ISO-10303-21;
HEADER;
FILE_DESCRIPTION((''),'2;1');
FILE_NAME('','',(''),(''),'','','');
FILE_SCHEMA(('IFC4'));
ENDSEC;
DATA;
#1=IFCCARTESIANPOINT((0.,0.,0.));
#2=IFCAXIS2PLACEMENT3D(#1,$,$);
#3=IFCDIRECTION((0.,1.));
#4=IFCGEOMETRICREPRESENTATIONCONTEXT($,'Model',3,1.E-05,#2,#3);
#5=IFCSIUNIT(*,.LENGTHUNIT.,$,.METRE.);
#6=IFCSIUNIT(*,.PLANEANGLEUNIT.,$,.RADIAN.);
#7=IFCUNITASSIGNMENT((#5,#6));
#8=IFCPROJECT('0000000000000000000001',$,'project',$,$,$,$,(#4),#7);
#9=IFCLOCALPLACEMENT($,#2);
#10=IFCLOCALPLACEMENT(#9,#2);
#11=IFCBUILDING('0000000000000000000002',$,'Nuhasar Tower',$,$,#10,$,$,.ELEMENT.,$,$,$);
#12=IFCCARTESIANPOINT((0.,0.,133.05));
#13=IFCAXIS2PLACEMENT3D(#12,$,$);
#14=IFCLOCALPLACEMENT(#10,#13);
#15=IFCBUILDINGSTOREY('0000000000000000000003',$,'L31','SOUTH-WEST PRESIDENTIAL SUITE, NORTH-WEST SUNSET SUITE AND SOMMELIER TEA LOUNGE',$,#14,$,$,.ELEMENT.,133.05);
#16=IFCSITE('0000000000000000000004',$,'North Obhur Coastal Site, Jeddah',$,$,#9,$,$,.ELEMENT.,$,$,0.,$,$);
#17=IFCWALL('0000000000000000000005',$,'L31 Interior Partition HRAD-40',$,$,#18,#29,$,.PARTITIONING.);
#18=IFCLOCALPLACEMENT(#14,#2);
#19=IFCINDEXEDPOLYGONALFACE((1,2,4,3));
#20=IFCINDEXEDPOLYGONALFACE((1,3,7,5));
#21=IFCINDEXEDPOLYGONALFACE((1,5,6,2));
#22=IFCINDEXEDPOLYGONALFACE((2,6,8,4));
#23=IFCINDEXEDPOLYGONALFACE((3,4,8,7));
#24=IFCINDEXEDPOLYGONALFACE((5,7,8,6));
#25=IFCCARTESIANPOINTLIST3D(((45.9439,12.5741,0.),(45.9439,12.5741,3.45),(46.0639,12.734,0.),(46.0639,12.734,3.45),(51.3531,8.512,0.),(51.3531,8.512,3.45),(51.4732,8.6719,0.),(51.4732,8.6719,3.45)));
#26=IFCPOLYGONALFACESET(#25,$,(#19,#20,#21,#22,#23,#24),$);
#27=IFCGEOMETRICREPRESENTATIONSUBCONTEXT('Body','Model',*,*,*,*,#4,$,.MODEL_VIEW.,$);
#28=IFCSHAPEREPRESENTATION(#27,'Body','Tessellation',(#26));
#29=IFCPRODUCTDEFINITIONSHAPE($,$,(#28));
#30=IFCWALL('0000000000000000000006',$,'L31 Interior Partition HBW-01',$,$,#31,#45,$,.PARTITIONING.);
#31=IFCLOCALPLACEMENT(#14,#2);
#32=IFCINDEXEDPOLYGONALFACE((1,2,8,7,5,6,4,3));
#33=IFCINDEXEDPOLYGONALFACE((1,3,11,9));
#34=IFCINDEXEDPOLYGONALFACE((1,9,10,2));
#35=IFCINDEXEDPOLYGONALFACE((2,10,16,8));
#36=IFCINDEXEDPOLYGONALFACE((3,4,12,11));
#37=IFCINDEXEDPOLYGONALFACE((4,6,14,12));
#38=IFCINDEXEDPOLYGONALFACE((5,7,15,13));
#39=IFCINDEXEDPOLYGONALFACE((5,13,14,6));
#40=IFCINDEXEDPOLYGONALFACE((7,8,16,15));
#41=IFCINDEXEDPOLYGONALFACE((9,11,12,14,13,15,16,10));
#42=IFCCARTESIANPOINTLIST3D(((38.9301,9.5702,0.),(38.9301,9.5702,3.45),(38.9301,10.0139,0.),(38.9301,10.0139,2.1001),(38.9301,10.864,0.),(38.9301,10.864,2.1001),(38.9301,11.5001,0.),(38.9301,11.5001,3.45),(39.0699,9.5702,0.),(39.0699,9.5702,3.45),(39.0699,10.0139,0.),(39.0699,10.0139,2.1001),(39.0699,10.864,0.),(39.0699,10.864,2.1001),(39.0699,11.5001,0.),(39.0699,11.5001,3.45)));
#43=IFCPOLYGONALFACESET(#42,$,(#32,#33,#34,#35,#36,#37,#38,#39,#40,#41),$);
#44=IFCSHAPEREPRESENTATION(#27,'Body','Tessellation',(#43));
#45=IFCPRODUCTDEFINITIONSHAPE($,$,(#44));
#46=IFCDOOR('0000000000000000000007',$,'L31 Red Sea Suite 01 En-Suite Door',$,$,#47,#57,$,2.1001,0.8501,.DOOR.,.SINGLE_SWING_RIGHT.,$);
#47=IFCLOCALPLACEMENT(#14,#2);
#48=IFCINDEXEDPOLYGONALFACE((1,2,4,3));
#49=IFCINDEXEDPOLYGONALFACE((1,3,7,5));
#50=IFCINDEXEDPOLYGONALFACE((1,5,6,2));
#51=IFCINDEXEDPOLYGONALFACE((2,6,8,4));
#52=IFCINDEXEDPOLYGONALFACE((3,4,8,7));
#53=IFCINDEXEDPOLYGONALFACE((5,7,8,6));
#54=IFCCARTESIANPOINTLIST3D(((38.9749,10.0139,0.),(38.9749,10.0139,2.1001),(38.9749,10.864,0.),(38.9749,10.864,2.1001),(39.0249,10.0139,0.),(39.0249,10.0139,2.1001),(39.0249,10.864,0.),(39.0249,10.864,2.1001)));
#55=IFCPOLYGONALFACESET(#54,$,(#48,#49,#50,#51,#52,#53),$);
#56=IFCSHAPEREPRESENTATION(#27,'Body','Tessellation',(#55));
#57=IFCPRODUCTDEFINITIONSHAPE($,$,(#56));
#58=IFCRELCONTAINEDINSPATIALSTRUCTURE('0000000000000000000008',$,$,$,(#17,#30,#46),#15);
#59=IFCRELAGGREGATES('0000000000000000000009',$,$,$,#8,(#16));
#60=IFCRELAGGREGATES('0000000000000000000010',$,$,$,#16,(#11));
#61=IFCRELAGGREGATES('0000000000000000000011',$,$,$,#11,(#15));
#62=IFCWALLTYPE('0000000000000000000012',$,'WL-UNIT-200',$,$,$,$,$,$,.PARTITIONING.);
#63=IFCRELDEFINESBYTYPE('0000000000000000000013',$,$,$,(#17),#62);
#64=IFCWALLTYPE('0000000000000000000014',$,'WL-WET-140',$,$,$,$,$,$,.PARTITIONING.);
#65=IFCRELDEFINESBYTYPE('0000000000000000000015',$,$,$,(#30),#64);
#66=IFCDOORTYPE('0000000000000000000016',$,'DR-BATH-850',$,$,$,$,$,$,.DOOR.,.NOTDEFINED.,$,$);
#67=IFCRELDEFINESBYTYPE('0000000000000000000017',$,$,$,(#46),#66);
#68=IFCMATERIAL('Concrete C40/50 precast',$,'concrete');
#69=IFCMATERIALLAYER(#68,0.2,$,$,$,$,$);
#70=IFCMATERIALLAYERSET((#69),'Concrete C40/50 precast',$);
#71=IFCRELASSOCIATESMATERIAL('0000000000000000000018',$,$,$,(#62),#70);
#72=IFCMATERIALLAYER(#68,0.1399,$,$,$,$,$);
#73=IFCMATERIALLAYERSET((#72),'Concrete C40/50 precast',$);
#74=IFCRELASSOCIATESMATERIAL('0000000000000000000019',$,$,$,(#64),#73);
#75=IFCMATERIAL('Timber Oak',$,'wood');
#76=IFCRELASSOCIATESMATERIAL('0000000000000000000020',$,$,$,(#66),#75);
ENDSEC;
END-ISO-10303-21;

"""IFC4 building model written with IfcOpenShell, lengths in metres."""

from ifc_helpers import new_model, si_unit, direction, frame, frame_2d, origin, place, context, subcontext, project, spatial, rectangle, extrude, material, layer, layer_set, type_object, element, fill, save


model = new_model("IFC4")

# Units and contexts
model_context = context("Model", 3, precision=1e-05, world=origin(), true_north=direction((0.0, 1.0)))
body_context = subcontext(model_context, "Body", "Model", "MODEL_VIEW")
ifc_project = project(units=[si_unit("LENGTHUNIT", "METRE"), si_unit("PLANEANGLEUNIT", "RADIAN")], contexts=[model_context])

# Site, building, storey
site_placement = place(None, origin())
site = spatial("IfcSite", under=ifc_project, at=site_placement, Name="North Obhur Coastal Site, Jeddah", CompositionType="ELEMENT", RefElevation=0.0)
building_placement = place(site_placement, origin())
building = spatial("IfcBuilding", under=site, at=building_placement, Name="Nuhasar Tower", CompositionType="ELEMENT")
storey_placement = place(building_placement, frame((0.0, 0.0, 133.05)))
storey = spatial("IfcBuildingStorey", under=building, at=storey_placement, Name="L31", Description="SOUTH-WEST PRESIDENTIAL SUITE, NORTH-WEST SUNSET SUITE AND SOMMELIER TEA LOUNGE", CompositionType="ELEMENT", Elevation=133.05)

# Shared definitions
ifc_material_1 = material(Name="Timber Oak", Category="wood")

# Wall
ifc_material_2 = material(Name="Concrete C40/50 precast", Category="concrete")
ifc_layer_1 = layer(ifc_material_2, 0.2)
ifc_layer_set_1 = layer_set([ifc_layer_1], Name="Concrete C40/50 precast")
wall_type_1 = type_object("IfcWallType", Name="WL-UNIT-200", PredefinedType="PARTITIONING", material=ifc_layer_set_1)
wall_1_placement = place(storey_placement, frame((46.0039, 12.6541, 0.0), z_axis=(0.0, 0.0, 1.0), x_axis=(0.799636, -0.600485, 0.0)))
element("IfcWall", 1, at=wall_1_placement, inside=storey, type_object=wall_type_1, Name="L31 Interior Partition HRAD-40", PredefinedType="PARTITIONING", context=body_context, shape_type="SweptSolid", body=[
    extrude(rectangle(XDim=6.7646, YDim=0.2, at=frame_2d((3.3823, 0.0))), origin(), (0.0, 0.0, 1.0), 3.45),
])

# Wall, opening, door
ifc_layer_2 = layer(ifc_material_2, 0.1399)
ifc_layer_set_2 = layer_set([ifc_layer_2], Name="Concrete C40/50 precast")
wall_type_2 = type_object("IfcWallType", Name="WL-WET-140", PredefinedType="PARTITIONING", material=ifc_layer_set_2)
wall_2_placement = place(storey_placement, frame((39.0, 11.5, 0.0), z_axis=(0.0, 0.0, 1.0), x_axis=(0.0, -1.0, 0.0)))
wall_2 = element("IfcWall", 2, at=wall_2_placement, inside=storey, type_object=wall_type_2, Name="L31 Interior Partition HBW-01", PredefinedType="PARTITIONING", context=body_context, shape_type="SweptSolid", body=[
    extrude(rectangle(XDim=1.9299, YDim=0.1399, at=frame_2d((0.9648, 0.0))), origin(), (0.0, 0.0, 1.0), 3.45),
])
opening_1_placement = place(wall_2_placement, frame((0.636, 0.0, 0.0)))
opening_1 = element("IfcOpeningElement", 3, at=opening_1_placement, cuts=wall_2, PredefinedType="OPENING", context=body_context, shape_type="SweptSolid", body=[
    extrude(rectangle(XDim=0.8501, YDim=2.1001, at=frame_2d((0.425, 1.05))), frame((0.0, 0.0801, 0.0), z_axis=(0.0, -1.0, 0.0), x_axis=(1.0, 0.0, 0.0)), (0.0, 0.0, 1.0), 0.1599),
])
door_type_1 = type_object("IfcDoorType", Name="DR-BATH-850", OperationType="NOTDEFINED", PredefinedType="DOOR", material=ifc_material_1)
door_1_placement = place(opening_1_placement, origin())
door_1 = element("IfcDoor", 4, at=door_1_placement, inside=storey, type_object=door_type_1, Name="L31 Red Sea Suite 01 En-Suite Door", OperationType="SINGLE_SWING_RIGHT", OverallHeight=2.1001, OverallWidth=0.8501, PredefinedType="DOOR", context=body_context, shape_type="SweptSolid", body=[
    extrude(rectangle(XDim=0.8501, YDim=2.1001, at=frame_2d((0.425, 1.05))), frame((0.0, 0.0249, 0.0), z_axis=(0.0, -1.0, 0.0), x_axis=(1.0, 0.0, 0.0)), (0.0, 0.0, 1.0), 0.05),
])
fill(opening_1, door_1)

save(model, "model.ifc")
